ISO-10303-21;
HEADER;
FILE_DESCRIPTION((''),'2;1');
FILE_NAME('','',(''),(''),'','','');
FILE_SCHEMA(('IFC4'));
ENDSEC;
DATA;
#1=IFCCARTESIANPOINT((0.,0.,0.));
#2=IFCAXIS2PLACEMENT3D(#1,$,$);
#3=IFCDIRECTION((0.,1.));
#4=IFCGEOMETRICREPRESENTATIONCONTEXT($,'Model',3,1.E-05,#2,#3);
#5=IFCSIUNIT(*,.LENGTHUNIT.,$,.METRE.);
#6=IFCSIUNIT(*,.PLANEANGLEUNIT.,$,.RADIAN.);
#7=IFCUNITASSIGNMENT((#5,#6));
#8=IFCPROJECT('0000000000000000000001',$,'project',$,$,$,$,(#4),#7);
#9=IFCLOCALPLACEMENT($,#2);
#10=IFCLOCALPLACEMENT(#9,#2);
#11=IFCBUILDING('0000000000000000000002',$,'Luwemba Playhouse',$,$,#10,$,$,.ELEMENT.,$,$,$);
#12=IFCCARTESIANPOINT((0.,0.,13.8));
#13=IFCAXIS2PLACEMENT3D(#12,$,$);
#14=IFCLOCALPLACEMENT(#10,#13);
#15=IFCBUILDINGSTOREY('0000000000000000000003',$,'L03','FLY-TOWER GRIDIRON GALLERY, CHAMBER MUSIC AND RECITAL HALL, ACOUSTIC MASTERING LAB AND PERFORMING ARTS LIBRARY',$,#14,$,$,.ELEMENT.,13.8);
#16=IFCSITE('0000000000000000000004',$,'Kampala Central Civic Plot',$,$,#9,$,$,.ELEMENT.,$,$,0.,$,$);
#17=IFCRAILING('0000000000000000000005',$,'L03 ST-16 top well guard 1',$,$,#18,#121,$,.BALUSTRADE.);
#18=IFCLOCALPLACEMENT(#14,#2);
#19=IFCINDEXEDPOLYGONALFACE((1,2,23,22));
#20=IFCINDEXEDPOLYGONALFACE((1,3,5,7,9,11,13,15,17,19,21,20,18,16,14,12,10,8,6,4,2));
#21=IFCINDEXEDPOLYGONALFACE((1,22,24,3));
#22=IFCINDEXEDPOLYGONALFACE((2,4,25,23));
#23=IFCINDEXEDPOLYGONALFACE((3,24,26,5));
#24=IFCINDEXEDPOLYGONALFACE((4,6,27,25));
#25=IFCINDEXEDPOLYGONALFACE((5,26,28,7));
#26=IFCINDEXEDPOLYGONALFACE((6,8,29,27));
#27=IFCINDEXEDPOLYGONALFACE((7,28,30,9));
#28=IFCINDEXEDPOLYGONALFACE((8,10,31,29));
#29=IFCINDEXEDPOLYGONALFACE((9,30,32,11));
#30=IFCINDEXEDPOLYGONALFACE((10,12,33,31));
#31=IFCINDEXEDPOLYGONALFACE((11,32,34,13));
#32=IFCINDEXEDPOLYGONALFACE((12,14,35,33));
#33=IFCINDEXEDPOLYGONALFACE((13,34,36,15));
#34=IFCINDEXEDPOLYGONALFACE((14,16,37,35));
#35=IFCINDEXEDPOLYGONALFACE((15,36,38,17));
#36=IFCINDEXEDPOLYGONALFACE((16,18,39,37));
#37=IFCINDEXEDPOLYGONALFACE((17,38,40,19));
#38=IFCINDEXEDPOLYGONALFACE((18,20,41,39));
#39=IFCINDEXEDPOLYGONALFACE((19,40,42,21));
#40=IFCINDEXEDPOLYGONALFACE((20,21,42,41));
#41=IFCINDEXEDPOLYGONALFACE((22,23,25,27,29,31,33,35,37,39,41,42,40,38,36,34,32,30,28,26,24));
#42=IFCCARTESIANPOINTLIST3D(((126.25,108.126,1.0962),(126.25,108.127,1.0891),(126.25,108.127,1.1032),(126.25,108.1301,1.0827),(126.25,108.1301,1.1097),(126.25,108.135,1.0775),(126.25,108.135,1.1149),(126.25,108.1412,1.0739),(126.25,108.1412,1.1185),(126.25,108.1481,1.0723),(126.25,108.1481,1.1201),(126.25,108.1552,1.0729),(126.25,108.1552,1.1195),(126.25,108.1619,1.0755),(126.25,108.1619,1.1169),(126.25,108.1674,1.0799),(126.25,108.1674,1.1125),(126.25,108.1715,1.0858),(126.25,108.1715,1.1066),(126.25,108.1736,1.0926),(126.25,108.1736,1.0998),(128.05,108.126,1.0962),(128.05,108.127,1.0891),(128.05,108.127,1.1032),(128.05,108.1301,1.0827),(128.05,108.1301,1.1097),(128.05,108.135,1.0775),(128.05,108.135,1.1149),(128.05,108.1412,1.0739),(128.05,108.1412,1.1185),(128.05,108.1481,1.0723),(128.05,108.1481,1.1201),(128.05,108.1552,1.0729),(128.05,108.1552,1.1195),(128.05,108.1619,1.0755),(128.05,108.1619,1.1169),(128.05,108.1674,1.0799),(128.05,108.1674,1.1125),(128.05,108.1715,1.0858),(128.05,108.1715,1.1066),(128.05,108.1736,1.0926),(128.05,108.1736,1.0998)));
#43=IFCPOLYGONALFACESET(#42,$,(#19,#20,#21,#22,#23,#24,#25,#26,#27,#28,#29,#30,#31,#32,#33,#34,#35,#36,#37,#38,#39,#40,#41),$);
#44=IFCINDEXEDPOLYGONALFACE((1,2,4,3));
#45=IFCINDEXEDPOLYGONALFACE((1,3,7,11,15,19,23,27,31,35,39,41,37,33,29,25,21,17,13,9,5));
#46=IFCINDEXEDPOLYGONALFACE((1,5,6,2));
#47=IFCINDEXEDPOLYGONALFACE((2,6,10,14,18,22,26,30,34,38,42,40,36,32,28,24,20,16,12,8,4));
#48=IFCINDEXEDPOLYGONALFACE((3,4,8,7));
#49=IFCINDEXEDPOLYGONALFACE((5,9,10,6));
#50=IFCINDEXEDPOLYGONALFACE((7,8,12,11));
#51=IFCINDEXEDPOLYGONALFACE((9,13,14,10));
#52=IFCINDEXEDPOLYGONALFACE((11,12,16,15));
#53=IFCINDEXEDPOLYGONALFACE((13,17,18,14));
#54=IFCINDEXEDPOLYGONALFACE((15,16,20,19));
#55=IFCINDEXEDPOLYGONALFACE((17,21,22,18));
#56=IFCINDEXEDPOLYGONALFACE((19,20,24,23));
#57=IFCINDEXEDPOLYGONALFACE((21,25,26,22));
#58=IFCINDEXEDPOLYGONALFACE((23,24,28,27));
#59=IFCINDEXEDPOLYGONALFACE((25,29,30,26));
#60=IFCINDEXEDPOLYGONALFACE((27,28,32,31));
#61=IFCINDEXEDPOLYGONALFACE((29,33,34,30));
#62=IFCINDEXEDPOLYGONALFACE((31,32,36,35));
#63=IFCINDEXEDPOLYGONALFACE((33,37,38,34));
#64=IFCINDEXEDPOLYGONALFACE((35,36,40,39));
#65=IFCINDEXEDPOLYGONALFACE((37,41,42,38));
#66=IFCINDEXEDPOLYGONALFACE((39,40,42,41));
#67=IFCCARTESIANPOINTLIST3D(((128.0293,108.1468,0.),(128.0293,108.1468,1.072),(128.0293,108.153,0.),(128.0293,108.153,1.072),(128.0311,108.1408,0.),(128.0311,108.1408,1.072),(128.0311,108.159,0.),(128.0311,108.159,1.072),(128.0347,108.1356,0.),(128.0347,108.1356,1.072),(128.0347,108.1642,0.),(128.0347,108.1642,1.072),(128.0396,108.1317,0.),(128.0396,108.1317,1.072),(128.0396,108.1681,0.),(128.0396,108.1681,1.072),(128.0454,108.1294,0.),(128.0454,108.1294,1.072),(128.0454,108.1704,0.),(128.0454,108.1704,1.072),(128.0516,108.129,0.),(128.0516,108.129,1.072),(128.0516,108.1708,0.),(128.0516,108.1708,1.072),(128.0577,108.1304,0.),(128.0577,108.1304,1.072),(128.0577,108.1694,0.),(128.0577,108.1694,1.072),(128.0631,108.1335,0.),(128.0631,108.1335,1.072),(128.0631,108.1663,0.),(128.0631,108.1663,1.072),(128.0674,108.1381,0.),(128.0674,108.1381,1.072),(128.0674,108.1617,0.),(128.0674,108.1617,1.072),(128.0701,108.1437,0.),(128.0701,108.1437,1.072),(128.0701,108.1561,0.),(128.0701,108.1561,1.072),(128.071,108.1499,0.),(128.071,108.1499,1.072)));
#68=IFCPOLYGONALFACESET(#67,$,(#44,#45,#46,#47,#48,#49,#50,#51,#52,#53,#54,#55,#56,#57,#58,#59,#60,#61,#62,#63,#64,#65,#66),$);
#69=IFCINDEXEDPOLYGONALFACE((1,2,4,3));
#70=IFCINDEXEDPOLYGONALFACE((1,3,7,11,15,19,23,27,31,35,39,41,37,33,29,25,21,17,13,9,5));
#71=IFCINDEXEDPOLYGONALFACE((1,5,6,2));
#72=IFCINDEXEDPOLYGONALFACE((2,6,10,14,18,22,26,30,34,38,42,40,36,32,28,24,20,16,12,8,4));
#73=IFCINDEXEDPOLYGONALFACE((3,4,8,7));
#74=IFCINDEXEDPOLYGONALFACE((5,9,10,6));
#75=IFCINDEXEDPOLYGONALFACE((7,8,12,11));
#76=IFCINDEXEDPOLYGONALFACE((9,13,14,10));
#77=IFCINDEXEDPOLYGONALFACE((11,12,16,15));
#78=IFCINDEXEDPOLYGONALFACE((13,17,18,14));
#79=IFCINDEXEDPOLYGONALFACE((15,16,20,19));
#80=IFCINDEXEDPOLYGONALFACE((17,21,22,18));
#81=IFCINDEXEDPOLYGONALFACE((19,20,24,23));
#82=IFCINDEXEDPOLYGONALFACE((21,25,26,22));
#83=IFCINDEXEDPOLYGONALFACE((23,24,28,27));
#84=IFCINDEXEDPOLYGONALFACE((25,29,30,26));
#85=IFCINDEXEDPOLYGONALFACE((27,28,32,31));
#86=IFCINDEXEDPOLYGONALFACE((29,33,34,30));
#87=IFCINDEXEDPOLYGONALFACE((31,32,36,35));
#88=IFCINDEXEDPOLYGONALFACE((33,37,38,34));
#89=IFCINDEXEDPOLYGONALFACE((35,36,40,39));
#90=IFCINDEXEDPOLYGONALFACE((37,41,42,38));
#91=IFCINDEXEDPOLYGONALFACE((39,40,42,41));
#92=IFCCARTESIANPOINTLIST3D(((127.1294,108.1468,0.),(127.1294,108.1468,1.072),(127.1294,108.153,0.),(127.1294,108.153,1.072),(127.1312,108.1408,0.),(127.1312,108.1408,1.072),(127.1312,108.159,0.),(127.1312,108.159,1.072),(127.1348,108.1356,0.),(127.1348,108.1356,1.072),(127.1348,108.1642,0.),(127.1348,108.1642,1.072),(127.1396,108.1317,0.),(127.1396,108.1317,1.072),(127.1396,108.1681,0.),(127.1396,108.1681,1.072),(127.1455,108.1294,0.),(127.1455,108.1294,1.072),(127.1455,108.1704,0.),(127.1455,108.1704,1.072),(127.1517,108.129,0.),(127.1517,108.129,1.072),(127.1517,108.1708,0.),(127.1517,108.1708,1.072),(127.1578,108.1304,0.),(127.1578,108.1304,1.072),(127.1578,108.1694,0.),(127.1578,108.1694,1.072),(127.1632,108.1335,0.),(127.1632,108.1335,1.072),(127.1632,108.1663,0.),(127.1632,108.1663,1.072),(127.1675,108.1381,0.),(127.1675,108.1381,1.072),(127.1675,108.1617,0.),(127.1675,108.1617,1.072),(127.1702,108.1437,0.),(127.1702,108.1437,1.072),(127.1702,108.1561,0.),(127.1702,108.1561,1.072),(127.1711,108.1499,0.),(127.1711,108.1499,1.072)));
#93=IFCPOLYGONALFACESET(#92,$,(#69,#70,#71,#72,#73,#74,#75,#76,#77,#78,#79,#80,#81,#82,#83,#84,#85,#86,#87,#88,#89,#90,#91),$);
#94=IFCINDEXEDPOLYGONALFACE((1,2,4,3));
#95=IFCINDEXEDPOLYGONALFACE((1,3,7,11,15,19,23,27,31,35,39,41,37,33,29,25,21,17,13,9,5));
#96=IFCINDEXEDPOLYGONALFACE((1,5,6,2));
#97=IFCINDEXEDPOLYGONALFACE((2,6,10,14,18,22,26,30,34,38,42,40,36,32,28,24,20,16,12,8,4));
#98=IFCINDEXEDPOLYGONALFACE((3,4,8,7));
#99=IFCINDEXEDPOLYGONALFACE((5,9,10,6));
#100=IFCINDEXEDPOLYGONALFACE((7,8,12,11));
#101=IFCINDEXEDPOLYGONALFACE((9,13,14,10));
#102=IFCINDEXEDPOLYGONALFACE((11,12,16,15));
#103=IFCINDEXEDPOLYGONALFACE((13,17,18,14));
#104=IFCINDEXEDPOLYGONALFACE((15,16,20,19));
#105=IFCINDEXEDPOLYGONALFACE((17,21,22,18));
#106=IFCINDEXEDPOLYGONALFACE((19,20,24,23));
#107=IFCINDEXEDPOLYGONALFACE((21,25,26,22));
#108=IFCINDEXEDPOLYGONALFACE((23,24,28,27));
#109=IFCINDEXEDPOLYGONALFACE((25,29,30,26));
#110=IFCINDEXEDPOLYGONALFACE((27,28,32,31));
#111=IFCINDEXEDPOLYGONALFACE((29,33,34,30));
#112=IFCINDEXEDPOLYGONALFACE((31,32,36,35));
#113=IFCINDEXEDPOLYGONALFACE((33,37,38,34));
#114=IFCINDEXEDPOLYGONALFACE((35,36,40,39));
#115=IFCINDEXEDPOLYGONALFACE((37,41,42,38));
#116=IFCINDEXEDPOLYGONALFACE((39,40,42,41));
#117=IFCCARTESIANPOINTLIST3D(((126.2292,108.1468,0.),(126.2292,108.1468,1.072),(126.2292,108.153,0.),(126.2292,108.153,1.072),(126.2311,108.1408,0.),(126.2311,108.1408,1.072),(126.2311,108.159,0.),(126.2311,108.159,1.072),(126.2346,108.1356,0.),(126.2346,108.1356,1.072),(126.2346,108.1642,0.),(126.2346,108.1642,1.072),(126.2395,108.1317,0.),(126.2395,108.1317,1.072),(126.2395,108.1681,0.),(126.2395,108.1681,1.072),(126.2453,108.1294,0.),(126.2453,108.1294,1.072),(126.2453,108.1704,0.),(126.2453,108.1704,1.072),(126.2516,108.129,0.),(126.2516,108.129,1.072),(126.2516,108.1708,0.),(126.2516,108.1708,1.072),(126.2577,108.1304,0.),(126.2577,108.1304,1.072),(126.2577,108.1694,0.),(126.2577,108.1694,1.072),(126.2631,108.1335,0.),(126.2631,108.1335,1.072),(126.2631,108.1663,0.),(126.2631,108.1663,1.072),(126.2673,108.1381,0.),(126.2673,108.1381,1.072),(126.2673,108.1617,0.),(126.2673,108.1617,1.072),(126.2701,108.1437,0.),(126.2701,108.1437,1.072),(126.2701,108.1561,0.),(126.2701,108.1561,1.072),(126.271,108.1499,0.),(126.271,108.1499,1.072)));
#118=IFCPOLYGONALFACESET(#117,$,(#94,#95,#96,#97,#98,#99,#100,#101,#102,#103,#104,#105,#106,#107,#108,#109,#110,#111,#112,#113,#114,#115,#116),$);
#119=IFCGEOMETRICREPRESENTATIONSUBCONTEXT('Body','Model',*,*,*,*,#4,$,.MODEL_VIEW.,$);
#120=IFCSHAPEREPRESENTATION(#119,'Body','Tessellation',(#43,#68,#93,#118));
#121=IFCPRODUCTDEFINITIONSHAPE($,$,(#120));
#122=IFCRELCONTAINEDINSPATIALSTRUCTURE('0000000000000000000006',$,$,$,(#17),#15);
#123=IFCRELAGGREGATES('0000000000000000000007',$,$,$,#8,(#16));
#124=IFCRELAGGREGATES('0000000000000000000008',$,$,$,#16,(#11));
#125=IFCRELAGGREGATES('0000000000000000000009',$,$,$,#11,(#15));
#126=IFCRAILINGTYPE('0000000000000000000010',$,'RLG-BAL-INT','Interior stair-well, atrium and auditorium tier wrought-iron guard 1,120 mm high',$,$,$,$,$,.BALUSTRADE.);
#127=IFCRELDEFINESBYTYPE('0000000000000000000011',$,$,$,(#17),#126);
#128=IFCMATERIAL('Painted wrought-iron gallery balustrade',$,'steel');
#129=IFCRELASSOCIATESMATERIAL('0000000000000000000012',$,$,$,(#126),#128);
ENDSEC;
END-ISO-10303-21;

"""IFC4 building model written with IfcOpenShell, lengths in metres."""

from ifc_helpers import new_model, si_unit, direction, frame, origin, origin_2d, place, context, subcontext, project, spatial, circle, extrude, material, type_object, element, save


model = new_model("IFC4")

# Units and contexts
model_context = context("Model", 3, precision=1e-05, world=origin(), true_north=direction((0.0, 1.0)))
body_context = subcontext(model_context, "Body", "Model", "MODEL_VIEW")
ifc_project = project(units=[si_unit("LENGTHUNIT", "METRE"), si_unit("PLANEANGLEUNIT", "RADIAN")], contexts=[model_context])

# Site, building, storey
site_placement = place(None, origin())
site = spatial("IfcSite", under=ifc_project, at=site_placement, Name="Kampala Central Civic Plot", CompositionType="ELEMENT", RefElevation=0.0)
building_placement = place(site_placement, origin())
building = spatial("IfcBuilding", under=site, at=building_placement, Name="Luwemba Playhouse", CompositionType="ELEMENT")
storey_placement = place(building_placement, frame((0.0, 0.0, 13.8)))
storey = spatial("IfcBuildingStorey", under=building, at=storey_placement, Name="L03", Description="FLY-TOWER GRIDIRON GALLERY, CHAMBER MUSIC AND RECITAL HALL, ACOUSTIC MASTERING LAB AND PERFORMING ARTS LIBRARY", CompositionType="ELEMENT", Elevation=13.8)

# Railing
ifc_material_1 = material(Name="Painted wrought-iron gallery balustrade", Category="steel")
railing_type = type_object("IfcRailingType", Name="RLG-BAL-INT", Description="Interior stair-well, atrium and auditorium tier wrought-iron guard 1,120 mm high", PredefinedType="BALUSTRADE", material=ifc_material_1)
railing_placement = place(storey_placement, frame((128.05, 108.1499, 0.0)))
element("IfcRailing", 1, at=railing_placement, inside=storey, type_object=railing_type, Name="L03 ST-16 top well guard 1", PredefinedType="BALUSTRADE", context=body_context, shape_type="SweptSolid", body=[
    extrude(circle(Radius=0.0239, at=origin_2d()), frame((0.0, 0.0, 1.0962), z_axis=(-1.0, 0.0, 0.0), x_axis=(0.0, -1.0, 0.0)), (0.0, 0.0, 1.0), 1.8),
    extrude(circle(Radius=0.021, at=origin_2d()), origin(), (0.0, 0.0, 1.0), 1.072),
    extrude(circle(Radius=0.021, at=origin_2d()), frame((-0.8999, 0.0, 0.0)), (0.0, 0.0, 1.0), 1.072),
    extrude(circle(Radius=0.021, at=origin_2d()), frame((-1.8, 0.0, 0.0)), (0.0, 0.0, 1.0), 1.072),
])

save(model, "model.ifc")
